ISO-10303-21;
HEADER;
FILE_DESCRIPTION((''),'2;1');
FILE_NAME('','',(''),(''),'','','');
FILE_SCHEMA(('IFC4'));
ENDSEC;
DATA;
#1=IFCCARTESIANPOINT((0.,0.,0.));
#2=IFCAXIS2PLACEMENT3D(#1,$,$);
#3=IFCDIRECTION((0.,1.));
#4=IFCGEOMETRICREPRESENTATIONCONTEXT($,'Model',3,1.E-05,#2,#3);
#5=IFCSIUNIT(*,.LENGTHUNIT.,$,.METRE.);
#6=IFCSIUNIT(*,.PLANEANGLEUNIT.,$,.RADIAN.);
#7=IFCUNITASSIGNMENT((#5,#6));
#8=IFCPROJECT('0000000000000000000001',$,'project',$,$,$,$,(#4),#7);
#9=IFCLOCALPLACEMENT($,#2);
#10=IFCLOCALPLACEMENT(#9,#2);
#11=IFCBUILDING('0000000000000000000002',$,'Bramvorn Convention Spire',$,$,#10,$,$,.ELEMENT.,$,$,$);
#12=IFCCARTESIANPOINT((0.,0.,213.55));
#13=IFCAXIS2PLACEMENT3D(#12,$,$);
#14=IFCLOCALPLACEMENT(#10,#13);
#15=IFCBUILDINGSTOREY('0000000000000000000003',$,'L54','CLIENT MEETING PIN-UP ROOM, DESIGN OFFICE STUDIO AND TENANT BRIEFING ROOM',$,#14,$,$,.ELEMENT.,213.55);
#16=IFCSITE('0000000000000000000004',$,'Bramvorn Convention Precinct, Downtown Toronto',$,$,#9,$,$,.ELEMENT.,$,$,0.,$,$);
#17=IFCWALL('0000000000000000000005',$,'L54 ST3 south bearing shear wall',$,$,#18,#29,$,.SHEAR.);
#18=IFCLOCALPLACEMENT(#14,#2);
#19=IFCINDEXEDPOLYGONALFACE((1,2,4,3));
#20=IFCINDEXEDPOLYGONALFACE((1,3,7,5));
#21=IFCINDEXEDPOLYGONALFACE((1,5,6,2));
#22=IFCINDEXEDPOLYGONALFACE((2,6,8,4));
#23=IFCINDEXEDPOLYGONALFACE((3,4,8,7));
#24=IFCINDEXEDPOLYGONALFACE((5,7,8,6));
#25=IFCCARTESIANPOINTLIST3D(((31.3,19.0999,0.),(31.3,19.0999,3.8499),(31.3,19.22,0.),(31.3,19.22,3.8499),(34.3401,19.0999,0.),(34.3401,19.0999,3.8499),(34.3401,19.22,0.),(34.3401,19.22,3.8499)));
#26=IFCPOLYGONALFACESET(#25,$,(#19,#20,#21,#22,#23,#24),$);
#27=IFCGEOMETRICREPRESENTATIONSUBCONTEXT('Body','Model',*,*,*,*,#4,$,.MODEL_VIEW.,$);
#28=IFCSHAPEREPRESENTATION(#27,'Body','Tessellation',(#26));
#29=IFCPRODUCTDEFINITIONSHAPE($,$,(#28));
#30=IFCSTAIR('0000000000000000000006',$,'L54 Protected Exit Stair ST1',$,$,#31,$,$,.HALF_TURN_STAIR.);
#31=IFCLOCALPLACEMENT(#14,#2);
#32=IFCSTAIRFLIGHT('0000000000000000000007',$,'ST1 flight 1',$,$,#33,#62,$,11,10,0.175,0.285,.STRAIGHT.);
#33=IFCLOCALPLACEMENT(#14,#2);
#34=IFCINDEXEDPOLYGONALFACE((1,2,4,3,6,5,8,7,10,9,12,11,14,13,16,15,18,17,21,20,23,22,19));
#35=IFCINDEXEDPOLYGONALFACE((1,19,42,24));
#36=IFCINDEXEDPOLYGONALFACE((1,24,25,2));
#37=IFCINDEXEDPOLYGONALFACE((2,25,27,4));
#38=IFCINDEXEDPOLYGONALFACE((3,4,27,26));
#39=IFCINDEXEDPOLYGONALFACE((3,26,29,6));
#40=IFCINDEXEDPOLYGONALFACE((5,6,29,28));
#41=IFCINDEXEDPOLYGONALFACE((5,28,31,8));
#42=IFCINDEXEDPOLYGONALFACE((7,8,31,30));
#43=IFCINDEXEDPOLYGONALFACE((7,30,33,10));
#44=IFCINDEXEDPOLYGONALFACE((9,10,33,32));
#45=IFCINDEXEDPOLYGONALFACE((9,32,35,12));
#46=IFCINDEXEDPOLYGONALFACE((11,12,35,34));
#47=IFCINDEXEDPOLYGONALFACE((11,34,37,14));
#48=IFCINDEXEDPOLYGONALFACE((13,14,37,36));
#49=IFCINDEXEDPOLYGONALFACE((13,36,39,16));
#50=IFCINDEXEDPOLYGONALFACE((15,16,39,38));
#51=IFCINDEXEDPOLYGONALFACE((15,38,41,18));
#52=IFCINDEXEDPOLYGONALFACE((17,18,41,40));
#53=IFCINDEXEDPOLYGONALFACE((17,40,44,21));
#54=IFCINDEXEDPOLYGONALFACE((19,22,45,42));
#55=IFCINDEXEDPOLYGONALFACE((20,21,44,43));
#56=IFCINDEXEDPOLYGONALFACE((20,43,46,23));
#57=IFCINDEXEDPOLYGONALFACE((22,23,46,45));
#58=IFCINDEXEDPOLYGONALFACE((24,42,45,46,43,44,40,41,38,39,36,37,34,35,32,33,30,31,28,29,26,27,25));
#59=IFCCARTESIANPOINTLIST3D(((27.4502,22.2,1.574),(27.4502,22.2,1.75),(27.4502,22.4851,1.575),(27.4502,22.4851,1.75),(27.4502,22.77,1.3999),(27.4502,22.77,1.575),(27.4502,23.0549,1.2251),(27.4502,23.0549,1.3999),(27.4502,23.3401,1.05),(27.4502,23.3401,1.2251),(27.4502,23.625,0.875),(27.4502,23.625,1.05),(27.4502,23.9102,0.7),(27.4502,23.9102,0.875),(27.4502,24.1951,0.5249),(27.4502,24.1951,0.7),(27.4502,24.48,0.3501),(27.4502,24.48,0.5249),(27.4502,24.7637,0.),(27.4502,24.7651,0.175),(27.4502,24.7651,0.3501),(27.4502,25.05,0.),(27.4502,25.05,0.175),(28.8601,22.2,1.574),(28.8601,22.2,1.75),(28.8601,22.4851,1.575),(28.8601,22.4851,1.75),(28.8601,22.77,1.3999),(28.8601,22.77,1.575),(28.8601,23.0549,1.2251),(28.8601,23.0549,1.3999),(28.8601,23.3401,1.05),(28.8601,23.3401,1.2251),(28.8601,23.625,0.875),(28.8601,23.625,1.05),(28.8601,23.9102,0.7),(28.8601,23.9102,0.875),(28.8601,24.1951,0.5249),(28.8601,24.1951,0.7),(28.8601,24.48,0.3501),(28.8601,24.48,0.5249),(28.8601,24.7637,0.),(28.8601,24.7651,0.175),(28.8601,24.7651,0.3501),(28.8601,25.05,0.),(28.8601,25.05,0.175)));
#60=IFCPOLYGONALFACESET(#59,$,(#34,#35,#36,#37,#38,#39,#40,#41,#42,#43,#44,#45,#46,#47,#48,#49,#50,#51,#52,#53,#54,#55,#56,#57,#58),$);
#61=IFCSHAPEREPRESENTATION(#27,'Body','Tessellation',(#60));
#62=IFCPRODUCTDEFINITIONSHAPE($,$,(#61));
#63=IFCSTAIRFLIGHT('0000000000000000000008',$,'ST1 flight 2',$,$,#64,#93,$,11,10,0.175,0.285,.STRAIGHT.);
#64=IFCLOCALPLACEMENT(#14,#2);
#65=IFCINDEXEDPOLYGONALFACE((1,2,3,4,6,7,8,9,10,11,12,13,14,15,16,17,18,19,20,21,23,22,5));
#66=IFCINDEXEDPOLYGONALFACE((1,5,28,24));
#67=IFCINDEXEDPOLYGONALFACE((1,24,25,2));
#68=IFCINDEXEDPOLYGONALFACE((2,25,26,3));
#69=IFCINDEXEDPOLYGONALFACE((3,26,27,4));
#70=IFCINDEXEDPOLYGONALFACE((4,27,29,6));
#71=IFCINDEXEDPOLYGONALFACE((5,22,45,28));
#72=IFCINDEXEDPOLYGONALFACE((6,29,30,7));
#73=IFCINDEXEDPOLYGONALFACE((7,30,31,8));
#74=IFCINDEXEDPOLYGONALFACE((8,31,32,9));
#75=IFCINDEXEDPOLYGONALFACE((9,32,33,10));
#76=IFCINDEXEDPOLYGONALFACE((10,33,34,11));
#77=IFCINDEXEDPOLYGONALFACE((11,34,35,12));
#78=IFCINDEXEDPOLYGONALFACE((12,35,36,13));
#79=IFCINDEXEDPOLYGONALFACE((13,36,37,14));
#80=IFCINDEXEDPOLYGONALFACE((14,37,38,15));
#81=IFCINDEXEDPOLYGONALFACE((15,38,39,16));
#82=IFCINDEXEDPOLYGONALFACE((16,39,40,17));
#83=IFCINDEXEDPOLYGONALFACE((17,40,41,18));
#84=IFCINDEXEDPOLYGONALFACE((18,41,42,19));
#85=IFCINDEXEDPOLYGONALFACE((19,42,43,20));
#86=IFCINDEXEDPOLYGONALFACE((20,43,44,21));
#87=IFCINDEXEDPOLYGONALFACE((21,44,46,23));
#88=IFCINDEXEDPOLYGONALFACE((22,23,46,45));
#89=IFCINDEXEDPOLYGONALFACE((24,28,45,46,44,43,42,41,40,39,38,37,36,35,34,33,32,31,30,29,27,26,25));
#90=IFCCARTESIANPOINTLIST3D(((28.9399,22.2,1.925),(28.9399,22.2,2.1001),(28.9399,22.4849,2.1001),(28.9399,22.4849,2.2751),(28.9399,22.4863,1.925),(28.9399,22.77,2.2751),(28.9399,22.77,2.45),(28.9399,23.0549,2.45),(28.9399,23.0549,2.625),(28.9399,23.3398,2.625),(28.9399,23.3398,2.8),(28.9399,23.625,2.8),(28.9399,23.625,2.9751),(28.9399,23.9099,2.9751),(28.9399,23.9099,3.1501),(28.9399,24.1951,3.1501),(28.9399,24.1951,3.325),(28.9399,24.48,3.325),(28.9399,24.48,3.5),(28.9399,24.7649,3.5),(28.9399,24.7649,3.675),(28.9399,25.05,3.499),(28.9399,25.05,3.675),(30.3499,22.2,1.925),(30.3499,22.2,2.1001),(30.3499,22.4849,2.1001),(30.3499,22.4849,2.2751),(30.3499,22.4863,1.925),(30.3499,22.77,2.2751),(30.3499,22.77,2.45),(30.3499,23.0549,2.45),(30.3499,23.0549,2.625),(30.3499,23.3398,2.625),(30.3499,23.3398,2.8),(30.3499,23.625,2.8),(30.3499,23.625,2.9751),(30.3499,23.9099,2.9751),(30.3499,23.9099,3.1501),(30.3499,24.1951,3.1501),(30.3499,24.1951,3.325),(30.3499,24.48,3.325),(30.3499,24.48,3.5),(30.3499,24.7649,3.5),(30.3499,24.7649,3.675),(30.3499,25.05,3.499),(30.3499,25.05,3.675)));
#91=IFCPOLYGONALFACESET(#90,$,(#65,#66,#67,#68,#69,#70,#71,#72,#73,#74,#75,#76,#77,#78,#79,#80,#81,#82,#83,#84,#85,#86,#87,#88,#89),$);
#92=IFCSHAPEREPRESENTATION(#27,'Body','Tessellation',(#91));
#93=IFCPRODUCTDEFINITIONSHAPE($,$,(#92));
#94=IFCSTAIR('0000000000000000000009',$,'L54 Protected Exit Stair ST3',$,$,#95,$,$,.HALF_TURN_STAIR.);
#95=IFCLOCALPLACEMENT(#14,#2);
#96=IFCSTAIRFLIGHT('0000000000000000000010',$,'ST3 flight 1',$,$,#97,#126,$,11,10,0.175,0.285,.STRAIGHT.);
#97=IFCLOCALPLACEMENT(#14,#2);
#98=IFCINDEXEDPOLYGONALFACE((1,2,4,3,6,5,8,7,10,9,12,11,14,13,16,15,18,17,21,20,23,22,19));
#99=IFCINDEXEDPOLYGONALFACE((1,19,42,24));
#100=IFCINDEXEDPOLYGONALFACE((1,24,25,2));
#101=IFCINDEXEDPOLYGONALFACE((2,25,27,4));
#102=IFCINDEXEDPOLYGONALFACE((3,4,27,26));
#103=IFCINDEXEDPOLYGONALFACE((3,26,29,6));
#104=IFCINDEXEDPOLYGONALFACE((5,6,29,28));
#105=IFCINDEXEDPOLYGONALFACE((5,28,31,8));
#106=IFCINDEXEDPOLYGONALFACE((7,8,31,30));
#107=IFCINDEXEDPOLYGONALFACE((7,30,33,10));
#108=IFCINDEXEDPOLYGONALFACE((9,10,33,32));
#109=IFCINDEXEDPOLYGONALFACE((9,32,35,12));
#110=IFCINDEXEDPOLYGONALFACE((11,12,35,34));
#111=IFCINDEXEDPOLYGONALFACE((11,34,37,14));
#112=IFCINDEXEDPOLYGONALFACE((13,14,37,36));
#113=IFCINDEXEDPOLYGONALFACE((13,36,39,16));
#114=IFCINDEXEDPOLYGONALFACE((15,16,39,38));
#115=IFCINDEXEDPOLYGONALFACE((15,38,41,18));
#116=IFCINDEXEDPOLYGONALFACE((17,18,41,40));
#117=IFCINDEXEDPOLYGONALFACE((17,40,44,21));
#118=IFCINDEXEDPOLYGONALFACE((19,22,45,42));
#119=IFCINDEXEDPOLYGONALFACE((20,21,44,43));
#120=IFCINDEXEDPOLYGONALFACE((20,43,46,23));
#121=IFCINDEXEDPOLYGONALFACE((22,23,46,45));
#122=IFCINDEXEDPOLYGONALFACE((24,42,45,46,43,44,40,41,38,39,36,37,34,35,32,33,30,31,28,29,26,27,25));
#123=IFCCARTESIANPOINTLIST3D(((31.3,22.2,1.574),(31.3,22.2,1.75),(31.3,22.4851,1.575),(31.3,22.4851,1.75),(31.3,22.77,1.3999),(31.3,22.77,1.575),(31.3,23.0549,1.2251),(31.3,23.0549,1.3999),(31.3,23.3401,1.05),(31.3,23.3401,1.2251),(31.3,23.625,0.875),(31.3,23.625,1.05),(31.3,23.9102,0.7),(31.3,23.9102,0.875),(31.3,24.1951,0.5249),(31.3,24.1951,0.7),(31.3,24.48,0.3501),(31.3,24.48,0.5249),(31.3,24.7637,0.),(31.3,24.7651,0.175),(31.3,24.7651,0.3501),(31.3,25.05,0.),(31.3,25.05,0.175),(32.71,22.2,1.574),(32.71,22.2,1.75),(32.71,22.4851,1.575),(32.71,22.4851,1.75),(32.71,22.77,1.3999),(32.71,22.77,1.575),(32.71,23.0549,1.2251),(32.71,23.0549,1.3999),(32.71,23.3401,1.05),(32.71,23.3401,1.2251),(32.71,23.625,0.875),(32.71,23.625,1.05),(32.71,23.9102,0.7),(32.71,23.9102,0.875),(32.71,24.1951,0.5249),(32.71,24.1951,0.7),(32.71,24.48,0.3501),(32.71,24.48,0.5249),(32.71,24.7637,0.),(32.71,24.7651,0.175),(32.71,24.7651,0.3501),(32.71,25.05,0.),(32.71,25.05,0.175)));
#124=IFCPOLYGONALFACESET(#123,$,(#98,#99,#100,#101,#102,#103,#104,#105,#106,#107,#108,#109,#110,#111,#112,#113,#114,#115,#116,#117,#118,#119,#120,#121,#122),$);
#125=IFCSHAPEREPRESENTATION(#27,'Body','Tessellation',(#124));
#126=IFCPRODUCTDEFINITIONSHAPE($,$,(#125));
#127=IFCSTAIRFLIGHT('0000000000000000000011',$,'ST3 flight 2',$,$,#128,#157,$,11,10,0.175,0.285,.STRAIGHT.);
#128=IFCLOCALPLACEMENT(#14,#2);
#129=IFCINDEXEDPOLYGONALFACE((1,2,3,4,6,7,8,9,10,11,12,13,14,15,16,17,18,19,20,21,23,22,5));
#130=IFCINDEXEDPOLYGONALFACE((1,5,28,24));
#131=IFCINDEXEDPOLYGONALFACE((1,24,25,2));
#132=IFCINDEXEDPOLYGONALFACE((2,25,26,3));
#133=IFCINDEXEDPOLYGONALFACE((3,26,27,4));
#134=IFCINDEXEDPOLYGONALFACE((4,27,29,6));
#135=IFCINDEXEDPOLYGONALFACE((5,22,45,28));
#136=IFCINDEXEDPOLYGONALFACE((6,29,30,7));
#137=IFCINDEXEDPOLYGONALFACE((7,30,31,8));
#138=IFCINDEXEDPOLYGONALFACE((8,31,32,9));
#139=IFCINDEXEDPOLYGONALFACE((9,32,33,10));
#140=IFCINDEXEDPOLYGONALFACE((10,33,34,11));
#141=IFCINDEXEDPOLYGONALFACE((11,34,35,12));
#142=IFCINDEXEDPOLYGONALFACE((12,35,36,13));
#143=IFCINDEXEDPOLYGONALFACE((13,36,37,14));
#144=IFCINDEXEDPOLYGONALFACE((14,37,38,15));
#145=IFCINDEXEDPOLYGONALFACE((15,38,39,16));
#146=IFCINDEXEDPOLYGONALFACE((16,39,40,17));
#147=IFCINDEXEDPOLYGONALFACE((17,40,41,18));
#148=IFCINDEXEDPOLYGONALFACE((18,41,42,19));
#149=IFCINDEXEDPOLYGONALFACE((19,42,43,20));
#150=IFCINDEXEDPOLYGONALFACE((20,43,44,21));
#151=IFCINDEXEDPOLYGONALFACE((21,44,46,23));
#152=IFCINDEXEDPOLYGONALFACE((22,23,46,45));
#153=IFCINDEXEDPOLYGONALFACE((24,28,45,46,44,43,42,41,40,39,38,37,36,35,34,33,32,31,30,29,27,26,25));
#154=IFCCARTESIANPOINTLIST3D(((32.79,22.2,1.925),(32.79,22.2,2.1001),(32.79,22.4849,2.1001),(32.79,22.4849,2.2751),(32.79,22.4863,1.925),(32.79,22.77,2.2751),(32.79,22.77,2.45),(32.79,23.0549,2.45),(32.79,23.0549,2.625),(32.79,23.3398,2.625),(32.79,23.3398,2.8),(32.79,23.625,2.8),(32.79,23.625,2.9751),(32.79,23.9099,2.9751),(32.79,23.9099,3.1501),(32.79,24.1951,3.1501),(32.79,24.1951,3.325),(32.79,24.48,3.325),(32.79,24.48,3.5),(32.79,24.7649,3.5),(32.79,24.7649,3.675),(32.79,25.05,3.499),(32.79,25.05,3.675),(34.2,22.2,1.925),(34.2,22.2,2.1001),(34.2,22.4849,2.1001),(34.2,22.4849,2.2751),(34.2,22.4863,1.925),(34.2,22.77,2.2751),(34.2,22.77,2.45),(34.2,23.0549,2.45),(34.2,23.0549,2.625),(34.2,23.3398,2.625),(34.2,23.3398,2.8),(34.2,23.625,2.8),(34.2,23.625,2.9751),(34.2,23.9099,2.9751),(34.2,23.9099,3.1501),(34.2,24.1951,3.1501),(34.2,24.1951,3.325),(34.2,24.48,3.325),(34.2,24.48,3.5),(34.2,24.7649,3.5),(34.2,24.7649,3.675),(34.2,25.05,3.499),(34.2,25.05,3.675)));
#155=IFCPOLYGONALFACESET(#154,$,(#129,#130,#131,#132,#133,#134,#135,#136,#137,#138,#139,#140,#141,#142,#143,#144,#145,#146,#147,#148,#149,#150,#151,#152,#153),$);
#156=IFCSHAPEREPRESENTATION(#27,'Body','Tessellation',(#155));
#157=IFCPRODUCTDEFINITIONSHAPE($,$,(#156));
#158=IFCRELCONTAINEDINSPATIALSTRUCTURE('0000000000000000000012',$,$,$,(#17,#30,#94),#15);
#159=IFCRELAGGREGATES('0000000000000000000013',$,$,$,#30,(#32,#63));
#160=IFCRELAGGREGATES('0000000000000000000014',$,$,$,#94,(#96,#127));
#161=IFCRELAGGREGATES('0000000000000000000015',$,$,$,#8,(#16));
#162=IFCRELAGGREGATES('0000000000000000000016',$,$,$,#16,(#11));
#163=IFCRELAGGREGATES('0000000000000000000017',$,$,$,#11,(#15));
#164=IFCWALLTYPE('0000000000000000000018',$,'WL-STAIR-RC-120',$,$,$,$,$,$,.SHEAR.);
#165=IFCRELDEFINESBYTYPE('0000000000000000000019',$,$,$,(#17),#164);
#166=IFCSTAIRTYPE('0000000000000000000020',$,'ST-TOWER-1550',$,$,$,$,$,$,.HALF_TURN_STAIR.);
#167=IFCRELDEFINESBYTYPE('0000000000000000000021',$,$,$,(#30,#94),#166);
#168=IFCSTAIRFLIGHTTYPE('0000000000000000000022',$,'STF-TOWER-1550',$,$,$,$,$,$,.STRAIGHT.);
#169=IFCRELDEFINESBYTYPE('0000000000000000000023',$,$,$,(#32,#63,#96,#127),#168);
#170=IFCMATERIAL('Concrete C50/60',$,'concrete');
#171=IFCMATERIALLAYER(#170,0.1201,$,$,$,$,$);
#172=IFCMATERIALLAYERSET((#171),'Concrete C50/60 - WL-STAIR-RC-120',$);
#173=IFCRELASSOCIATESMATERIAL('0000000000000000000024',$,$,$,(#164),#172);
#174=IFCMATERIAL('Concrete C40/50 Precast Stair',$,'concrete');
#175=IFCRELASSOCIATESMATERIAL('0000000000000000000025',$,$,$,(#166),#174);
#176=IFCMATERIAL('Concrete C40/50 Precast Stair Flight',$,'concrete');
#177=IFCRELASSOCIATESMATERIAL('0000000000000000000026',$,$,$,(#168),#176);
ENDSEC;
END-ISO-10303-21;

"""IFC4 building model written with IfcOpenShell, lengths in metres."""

from ifc_helpers import new_model, si_unit, direction, frame, frame_2d, origin, place, context, subcontext, project, spatial, polyline, rectangle, outline, extrude, material, layer, layer_set, type_object, element, aggregate, save


model = new_model("IFC4")

# Units and contexts
model_context = context("Model", 3, precision=1e-05, world=origin(), true_north=direction((0.0, 1.0)))
body_context = subcontext(model_context, "Body", "Model", "MODEL_VIEW")
ifc_project = project(units=[si_unit("LENGTHUNIT", "METRE"), si_unit("PLANEANGLEUNIT", "RADIAN")], contexts=[model_context])

# Site, building, storey
site_placement = place(None, origin())
site = spatial("IfcSite", under=ifc_project, at=site_placement, Name="Bramvorn Convention Precinct, Downtown Toronto", CompositionType="ELEMENT", RefElevation=0.0)
building_placement = place(site_placement, origin())
building = spatial("IfcBuilding", under=site, at=building_placement, Name="Bramvorn Convention Spire", CompositionType="ELEMENT")
storey_placement = place(building_placement, frame((0.0, 0.0, 213.55)))
storey = spatial("IfcBuildingStorey", under=building, at=storey_placement, Name="L54", Description="CLIENT MEETING PIN-UP ROOM, DESIGN OFFICE STUDIO AND TENANT BRIEFING ROOM", CompositionType="ELEMENT", Elevation=213.55)

# Shared definitions
ifc_material_1 = material(Name="Concrete C50/60", Category="concrete")

# Wall
ifc_layer_1 = layer(ifc_material_1, 0.1201)
ifc_layer_set_1 = layer_set([ifc_layer_1], Name="Concrete C50/60 - WL-STAIR-RC-120")
wall_type_1 = type_object("IfcWallType", Name="WL-STAIR-RC-120", PredefinedType="SHEAR", material=ifc_layer_set_1)
wall_1_placement = place(storey_placement, frame((31.3, 19.1599, 0.0), z_axis=(0.0, 0.0, 1.0), x_axis=(1.0, 0.0, 0.0)))
element("IfcWall", 1, at=wall_1_placement, inside=storey, type_object=wall_type_1, Name="L54 ST3 south bearing shear wall", PredefinedType="SHEAR", context=body_context, shape_type="SweptSolid", body=[
    extrude(rectangle(XDim=3.04, YDim=0.1201, at=frame_2d((1.52, 0.0))), origin(), (0.0, 0.0, 1.0), 3.8499),
])

# Stairs, stair flights
ifc_material_2 = material(Name="Concrete C40/50 Precast Stair", Category="concrete")
stair_type = type_object("IfcStairType", Name="ST-TOWER-1550", PredefinedType="HALF_TURN_STAIR", material=ifc_material_2)
stair_1_placement = place(storey_placement, origin())
stair_1 = element("IfcStair", 2, at=stair_1_placement, inside=storey, type_object=stair_type, Name="L54 Protected Exit Stair ST1", PredefinedType="HALF_TURN_STAIR")
ifc_material_3 = material(Name="Concrete C40/50 Precast Stair Flight", Category="concrete")
stair_flight_type = type_object("IfcStairFlightType", Name="STF-TOWER-1550", PredefinedType="STRAIGHT", material=ifc_material_3)
stair_flight_1_placement = place(storey_placement, frame((28.155, 25.05, 0.0), z_axis=(0.0, 0.0, 1.0), x_axis=(0.0, -1.0, 0.0)))
stair_flight_1 = element("IfcStairFlight", 3, at=stair_flight_1_placement, type_object=stair_flight_type, Name="ST1 flight 1", NumberOfRisers=11, NumberOfTreads=10, PredefinedType="STRAIGHT", RiserHeight=0.175, TreadLength=0.285, context=body_context, shape_type="SweptSolid", body=[
    extrude(outline(polyline([(0.0, 0.0), (0.0, 0.175), (0.2849, 0.175), (0.2849, 0.3501), (0.5701, 0.3501), (0.5701, 0.5249), (0.855, 0.5249), (0.855, 0.7), (1.1399, 0.7), (1.1399, 0.875), (1.425, 0.875), (1.425, 1.05), (1.71, 1.05), (1.71, 1.2251), (1.9951, 1.2251), (1.9951, 1.3999), (2.28, 1.3999), (2.28, 1.575), (2.5649, 1.575), (2.5649, 1.75), (2.8501, 1.75), (2.8501, 1.925), (2.8501, 1.574), (0.2864, 0.0), (0.0, 0.0)])), frame((0.0, 0.7051, 0.0), z_axis=(0.0, -1.0, 0.0), x_axis=(1.0, 0.0, 0.0)), (0.0, 0.0, 1.0), 1.4099),
])
stair_flight_2_placement = place(storey_placement, frame((29.645, 22.2, 1.925), z_axis=(0.0, 0.0, 1.0), x_axis=(0.0, 1.0, 0.0)))
stair_flight_2 = element("IfcStairFlight", 4, at=stair_flight_2_placement, type_object=stair_flight_type, Name="ST1 flight 2", NumberOfRisers=11, NumberOfTreads=10, PredefinedType="STRAIGHT", RiserHeight=0.175, TreadLength=0.285, context=body_context, shape_type="SweptSolid", body=[
    extrude(outline(polyline([(0.0, 0.0), (0.0, 0.175), (0.2849, 0.175), (0.2849, 0.3501), (0.5701, 0.3501), (0.5701, 0.5249), (0.855, 0.5249), (0.855, 0.7), (1.1399, 0.7), (1.1399, 0.875), (1.425, 0.875), (1.425, 1.05), (1.71, 1.05), (1.71, 1.2251), (1.9951, 1.2251), (1.9951, 1.3999), (2.28, 1.3999), (2.28, 1.575), (2.5649, 1.575), (2.5649, 1.75), (2.8501, 1.75), (2.8501, 1.925), (2.8501, 1.574), (0.2864, 0.0), (0.0, 0.0)])), frame((0.0, 0.7051, 0.0), z_axis=(0.0, -1.0, 0.0), x_axis=(1.0, 0.0, 0.0)), (0.0, 0.0, 1.0), 1.4099),
])
aggregate(stair_1, [stair_flight_1, stair_flight_2])
stair_2_placement = place(storey_placement, origin())
stair_2 = element("IfcStair", 5, at=stair_2_placement, inside=storey, type_object=stair_type, Name="L54 Protected Exit Stair ST3", PredefinedType="HALF_TURN_STAIR")
stair_flight_3_placement = place(storey_placement, frame((32.0049, 25.05, 0.0), z_axis=(0.0, 0.0, 1.0), x_axis=(0.0, -1.0, 0.0)))
stair_flight_3 = element("IfcStairFlight", 6, at=stair_flight_3_placement, type_object=stair_flight_type, Name="ST3 flight 1", NumberOfRisers=11, NumberOfTreads=10, PredefinedType="STRAIGHT", RiserHeight=0.175, TreadLength=0.285, context=body_context, shape_type="SweptSolid", body=[
    extrude(outline(polyline([(0.0, 0.0), (0.0, 0.175), (0.2849, 0.175), (0.2849, 0.3501), (0.5701, 0.3501), (0.5701, 0.5249), (0.855, 0.5249), (0.855, 0.7), (1.1399, 0.7), (1.1399, 0.875), (1.425, 0.875), (1.425, 1.05), (1.71, 1.05), (1.71, 1.2251), (1.9951, 1.2251), (1.9951, 1.3999), (2.28, 1.3999), (2.28, 1.575), (2.5649, 1.575), (2.5649, 1.75), (2.8501, 1.75), (2.8501, 1.925), (2.8501, 1.574), (0.2864, 0.0), (0.0, 0.0)])), frame((0.0, 0.7051, 0.0), z_axis=(0.0, -1.0, 0.0), x_axis=(1.0, 0.0, 0.0)), (0.0, 0.0, 1.0), 1.4099),
])
stair_flight_4_placement = place(storey_placement, frame((33.4951, 22.2, 1.925), z_axis=(0.0, 0.0, 1.0), x_axis=(0.0, 1.0, 0.0)))
stair_flight_4 = element("IfcStairFlight", 7, at=stair_flight_4_placement, type_object=stair_flight_type, Name="ST3 flight 2", NumberOfRisers=11, NumberOfTreads=10, PredefinedType="STRAIGHT", RiserHeight=0.175, TreadLength=0.285, context=body_context, shape_type="SweptSolid", body=[
    extrude(outline(polyline([(0.0, 0.0), (0.0, 0.175), (0.2849, 0.175), (0.2849, 0.3501), (0.5701, 0.3501), (0.5701, 0.5249), (0.855, 0.5249), (0.855, 0.7), (1.1399, 0.7), (1.1399, 0.875), (1.425, 0.875), (1.425, 1.05), (1.71, 1.05), (1.71, 1.2251), (1.9951, 1.2251), (1.9951, 1.3999), (2.28, 1.3999), (2.28, 1.575), (2.5649, 1.575), (2.5649, 1.75), (2.8501, 1.75), (2.8501, 1.925), (2.8501, 1.574), (0.2864, 0.0), (0.0, 0.0)])), frame((0.0, 0.7051, 0.0), z_axis=(0.0, -1.0, 0.0), x_axis=(1.0, 0.0, 0.0)), (0.0, 0.0, 1.0), 1.4099),
])
aggregate(stair_2, [stair_flight_3, stair_flight_4])

save(model, "model.ifc")
